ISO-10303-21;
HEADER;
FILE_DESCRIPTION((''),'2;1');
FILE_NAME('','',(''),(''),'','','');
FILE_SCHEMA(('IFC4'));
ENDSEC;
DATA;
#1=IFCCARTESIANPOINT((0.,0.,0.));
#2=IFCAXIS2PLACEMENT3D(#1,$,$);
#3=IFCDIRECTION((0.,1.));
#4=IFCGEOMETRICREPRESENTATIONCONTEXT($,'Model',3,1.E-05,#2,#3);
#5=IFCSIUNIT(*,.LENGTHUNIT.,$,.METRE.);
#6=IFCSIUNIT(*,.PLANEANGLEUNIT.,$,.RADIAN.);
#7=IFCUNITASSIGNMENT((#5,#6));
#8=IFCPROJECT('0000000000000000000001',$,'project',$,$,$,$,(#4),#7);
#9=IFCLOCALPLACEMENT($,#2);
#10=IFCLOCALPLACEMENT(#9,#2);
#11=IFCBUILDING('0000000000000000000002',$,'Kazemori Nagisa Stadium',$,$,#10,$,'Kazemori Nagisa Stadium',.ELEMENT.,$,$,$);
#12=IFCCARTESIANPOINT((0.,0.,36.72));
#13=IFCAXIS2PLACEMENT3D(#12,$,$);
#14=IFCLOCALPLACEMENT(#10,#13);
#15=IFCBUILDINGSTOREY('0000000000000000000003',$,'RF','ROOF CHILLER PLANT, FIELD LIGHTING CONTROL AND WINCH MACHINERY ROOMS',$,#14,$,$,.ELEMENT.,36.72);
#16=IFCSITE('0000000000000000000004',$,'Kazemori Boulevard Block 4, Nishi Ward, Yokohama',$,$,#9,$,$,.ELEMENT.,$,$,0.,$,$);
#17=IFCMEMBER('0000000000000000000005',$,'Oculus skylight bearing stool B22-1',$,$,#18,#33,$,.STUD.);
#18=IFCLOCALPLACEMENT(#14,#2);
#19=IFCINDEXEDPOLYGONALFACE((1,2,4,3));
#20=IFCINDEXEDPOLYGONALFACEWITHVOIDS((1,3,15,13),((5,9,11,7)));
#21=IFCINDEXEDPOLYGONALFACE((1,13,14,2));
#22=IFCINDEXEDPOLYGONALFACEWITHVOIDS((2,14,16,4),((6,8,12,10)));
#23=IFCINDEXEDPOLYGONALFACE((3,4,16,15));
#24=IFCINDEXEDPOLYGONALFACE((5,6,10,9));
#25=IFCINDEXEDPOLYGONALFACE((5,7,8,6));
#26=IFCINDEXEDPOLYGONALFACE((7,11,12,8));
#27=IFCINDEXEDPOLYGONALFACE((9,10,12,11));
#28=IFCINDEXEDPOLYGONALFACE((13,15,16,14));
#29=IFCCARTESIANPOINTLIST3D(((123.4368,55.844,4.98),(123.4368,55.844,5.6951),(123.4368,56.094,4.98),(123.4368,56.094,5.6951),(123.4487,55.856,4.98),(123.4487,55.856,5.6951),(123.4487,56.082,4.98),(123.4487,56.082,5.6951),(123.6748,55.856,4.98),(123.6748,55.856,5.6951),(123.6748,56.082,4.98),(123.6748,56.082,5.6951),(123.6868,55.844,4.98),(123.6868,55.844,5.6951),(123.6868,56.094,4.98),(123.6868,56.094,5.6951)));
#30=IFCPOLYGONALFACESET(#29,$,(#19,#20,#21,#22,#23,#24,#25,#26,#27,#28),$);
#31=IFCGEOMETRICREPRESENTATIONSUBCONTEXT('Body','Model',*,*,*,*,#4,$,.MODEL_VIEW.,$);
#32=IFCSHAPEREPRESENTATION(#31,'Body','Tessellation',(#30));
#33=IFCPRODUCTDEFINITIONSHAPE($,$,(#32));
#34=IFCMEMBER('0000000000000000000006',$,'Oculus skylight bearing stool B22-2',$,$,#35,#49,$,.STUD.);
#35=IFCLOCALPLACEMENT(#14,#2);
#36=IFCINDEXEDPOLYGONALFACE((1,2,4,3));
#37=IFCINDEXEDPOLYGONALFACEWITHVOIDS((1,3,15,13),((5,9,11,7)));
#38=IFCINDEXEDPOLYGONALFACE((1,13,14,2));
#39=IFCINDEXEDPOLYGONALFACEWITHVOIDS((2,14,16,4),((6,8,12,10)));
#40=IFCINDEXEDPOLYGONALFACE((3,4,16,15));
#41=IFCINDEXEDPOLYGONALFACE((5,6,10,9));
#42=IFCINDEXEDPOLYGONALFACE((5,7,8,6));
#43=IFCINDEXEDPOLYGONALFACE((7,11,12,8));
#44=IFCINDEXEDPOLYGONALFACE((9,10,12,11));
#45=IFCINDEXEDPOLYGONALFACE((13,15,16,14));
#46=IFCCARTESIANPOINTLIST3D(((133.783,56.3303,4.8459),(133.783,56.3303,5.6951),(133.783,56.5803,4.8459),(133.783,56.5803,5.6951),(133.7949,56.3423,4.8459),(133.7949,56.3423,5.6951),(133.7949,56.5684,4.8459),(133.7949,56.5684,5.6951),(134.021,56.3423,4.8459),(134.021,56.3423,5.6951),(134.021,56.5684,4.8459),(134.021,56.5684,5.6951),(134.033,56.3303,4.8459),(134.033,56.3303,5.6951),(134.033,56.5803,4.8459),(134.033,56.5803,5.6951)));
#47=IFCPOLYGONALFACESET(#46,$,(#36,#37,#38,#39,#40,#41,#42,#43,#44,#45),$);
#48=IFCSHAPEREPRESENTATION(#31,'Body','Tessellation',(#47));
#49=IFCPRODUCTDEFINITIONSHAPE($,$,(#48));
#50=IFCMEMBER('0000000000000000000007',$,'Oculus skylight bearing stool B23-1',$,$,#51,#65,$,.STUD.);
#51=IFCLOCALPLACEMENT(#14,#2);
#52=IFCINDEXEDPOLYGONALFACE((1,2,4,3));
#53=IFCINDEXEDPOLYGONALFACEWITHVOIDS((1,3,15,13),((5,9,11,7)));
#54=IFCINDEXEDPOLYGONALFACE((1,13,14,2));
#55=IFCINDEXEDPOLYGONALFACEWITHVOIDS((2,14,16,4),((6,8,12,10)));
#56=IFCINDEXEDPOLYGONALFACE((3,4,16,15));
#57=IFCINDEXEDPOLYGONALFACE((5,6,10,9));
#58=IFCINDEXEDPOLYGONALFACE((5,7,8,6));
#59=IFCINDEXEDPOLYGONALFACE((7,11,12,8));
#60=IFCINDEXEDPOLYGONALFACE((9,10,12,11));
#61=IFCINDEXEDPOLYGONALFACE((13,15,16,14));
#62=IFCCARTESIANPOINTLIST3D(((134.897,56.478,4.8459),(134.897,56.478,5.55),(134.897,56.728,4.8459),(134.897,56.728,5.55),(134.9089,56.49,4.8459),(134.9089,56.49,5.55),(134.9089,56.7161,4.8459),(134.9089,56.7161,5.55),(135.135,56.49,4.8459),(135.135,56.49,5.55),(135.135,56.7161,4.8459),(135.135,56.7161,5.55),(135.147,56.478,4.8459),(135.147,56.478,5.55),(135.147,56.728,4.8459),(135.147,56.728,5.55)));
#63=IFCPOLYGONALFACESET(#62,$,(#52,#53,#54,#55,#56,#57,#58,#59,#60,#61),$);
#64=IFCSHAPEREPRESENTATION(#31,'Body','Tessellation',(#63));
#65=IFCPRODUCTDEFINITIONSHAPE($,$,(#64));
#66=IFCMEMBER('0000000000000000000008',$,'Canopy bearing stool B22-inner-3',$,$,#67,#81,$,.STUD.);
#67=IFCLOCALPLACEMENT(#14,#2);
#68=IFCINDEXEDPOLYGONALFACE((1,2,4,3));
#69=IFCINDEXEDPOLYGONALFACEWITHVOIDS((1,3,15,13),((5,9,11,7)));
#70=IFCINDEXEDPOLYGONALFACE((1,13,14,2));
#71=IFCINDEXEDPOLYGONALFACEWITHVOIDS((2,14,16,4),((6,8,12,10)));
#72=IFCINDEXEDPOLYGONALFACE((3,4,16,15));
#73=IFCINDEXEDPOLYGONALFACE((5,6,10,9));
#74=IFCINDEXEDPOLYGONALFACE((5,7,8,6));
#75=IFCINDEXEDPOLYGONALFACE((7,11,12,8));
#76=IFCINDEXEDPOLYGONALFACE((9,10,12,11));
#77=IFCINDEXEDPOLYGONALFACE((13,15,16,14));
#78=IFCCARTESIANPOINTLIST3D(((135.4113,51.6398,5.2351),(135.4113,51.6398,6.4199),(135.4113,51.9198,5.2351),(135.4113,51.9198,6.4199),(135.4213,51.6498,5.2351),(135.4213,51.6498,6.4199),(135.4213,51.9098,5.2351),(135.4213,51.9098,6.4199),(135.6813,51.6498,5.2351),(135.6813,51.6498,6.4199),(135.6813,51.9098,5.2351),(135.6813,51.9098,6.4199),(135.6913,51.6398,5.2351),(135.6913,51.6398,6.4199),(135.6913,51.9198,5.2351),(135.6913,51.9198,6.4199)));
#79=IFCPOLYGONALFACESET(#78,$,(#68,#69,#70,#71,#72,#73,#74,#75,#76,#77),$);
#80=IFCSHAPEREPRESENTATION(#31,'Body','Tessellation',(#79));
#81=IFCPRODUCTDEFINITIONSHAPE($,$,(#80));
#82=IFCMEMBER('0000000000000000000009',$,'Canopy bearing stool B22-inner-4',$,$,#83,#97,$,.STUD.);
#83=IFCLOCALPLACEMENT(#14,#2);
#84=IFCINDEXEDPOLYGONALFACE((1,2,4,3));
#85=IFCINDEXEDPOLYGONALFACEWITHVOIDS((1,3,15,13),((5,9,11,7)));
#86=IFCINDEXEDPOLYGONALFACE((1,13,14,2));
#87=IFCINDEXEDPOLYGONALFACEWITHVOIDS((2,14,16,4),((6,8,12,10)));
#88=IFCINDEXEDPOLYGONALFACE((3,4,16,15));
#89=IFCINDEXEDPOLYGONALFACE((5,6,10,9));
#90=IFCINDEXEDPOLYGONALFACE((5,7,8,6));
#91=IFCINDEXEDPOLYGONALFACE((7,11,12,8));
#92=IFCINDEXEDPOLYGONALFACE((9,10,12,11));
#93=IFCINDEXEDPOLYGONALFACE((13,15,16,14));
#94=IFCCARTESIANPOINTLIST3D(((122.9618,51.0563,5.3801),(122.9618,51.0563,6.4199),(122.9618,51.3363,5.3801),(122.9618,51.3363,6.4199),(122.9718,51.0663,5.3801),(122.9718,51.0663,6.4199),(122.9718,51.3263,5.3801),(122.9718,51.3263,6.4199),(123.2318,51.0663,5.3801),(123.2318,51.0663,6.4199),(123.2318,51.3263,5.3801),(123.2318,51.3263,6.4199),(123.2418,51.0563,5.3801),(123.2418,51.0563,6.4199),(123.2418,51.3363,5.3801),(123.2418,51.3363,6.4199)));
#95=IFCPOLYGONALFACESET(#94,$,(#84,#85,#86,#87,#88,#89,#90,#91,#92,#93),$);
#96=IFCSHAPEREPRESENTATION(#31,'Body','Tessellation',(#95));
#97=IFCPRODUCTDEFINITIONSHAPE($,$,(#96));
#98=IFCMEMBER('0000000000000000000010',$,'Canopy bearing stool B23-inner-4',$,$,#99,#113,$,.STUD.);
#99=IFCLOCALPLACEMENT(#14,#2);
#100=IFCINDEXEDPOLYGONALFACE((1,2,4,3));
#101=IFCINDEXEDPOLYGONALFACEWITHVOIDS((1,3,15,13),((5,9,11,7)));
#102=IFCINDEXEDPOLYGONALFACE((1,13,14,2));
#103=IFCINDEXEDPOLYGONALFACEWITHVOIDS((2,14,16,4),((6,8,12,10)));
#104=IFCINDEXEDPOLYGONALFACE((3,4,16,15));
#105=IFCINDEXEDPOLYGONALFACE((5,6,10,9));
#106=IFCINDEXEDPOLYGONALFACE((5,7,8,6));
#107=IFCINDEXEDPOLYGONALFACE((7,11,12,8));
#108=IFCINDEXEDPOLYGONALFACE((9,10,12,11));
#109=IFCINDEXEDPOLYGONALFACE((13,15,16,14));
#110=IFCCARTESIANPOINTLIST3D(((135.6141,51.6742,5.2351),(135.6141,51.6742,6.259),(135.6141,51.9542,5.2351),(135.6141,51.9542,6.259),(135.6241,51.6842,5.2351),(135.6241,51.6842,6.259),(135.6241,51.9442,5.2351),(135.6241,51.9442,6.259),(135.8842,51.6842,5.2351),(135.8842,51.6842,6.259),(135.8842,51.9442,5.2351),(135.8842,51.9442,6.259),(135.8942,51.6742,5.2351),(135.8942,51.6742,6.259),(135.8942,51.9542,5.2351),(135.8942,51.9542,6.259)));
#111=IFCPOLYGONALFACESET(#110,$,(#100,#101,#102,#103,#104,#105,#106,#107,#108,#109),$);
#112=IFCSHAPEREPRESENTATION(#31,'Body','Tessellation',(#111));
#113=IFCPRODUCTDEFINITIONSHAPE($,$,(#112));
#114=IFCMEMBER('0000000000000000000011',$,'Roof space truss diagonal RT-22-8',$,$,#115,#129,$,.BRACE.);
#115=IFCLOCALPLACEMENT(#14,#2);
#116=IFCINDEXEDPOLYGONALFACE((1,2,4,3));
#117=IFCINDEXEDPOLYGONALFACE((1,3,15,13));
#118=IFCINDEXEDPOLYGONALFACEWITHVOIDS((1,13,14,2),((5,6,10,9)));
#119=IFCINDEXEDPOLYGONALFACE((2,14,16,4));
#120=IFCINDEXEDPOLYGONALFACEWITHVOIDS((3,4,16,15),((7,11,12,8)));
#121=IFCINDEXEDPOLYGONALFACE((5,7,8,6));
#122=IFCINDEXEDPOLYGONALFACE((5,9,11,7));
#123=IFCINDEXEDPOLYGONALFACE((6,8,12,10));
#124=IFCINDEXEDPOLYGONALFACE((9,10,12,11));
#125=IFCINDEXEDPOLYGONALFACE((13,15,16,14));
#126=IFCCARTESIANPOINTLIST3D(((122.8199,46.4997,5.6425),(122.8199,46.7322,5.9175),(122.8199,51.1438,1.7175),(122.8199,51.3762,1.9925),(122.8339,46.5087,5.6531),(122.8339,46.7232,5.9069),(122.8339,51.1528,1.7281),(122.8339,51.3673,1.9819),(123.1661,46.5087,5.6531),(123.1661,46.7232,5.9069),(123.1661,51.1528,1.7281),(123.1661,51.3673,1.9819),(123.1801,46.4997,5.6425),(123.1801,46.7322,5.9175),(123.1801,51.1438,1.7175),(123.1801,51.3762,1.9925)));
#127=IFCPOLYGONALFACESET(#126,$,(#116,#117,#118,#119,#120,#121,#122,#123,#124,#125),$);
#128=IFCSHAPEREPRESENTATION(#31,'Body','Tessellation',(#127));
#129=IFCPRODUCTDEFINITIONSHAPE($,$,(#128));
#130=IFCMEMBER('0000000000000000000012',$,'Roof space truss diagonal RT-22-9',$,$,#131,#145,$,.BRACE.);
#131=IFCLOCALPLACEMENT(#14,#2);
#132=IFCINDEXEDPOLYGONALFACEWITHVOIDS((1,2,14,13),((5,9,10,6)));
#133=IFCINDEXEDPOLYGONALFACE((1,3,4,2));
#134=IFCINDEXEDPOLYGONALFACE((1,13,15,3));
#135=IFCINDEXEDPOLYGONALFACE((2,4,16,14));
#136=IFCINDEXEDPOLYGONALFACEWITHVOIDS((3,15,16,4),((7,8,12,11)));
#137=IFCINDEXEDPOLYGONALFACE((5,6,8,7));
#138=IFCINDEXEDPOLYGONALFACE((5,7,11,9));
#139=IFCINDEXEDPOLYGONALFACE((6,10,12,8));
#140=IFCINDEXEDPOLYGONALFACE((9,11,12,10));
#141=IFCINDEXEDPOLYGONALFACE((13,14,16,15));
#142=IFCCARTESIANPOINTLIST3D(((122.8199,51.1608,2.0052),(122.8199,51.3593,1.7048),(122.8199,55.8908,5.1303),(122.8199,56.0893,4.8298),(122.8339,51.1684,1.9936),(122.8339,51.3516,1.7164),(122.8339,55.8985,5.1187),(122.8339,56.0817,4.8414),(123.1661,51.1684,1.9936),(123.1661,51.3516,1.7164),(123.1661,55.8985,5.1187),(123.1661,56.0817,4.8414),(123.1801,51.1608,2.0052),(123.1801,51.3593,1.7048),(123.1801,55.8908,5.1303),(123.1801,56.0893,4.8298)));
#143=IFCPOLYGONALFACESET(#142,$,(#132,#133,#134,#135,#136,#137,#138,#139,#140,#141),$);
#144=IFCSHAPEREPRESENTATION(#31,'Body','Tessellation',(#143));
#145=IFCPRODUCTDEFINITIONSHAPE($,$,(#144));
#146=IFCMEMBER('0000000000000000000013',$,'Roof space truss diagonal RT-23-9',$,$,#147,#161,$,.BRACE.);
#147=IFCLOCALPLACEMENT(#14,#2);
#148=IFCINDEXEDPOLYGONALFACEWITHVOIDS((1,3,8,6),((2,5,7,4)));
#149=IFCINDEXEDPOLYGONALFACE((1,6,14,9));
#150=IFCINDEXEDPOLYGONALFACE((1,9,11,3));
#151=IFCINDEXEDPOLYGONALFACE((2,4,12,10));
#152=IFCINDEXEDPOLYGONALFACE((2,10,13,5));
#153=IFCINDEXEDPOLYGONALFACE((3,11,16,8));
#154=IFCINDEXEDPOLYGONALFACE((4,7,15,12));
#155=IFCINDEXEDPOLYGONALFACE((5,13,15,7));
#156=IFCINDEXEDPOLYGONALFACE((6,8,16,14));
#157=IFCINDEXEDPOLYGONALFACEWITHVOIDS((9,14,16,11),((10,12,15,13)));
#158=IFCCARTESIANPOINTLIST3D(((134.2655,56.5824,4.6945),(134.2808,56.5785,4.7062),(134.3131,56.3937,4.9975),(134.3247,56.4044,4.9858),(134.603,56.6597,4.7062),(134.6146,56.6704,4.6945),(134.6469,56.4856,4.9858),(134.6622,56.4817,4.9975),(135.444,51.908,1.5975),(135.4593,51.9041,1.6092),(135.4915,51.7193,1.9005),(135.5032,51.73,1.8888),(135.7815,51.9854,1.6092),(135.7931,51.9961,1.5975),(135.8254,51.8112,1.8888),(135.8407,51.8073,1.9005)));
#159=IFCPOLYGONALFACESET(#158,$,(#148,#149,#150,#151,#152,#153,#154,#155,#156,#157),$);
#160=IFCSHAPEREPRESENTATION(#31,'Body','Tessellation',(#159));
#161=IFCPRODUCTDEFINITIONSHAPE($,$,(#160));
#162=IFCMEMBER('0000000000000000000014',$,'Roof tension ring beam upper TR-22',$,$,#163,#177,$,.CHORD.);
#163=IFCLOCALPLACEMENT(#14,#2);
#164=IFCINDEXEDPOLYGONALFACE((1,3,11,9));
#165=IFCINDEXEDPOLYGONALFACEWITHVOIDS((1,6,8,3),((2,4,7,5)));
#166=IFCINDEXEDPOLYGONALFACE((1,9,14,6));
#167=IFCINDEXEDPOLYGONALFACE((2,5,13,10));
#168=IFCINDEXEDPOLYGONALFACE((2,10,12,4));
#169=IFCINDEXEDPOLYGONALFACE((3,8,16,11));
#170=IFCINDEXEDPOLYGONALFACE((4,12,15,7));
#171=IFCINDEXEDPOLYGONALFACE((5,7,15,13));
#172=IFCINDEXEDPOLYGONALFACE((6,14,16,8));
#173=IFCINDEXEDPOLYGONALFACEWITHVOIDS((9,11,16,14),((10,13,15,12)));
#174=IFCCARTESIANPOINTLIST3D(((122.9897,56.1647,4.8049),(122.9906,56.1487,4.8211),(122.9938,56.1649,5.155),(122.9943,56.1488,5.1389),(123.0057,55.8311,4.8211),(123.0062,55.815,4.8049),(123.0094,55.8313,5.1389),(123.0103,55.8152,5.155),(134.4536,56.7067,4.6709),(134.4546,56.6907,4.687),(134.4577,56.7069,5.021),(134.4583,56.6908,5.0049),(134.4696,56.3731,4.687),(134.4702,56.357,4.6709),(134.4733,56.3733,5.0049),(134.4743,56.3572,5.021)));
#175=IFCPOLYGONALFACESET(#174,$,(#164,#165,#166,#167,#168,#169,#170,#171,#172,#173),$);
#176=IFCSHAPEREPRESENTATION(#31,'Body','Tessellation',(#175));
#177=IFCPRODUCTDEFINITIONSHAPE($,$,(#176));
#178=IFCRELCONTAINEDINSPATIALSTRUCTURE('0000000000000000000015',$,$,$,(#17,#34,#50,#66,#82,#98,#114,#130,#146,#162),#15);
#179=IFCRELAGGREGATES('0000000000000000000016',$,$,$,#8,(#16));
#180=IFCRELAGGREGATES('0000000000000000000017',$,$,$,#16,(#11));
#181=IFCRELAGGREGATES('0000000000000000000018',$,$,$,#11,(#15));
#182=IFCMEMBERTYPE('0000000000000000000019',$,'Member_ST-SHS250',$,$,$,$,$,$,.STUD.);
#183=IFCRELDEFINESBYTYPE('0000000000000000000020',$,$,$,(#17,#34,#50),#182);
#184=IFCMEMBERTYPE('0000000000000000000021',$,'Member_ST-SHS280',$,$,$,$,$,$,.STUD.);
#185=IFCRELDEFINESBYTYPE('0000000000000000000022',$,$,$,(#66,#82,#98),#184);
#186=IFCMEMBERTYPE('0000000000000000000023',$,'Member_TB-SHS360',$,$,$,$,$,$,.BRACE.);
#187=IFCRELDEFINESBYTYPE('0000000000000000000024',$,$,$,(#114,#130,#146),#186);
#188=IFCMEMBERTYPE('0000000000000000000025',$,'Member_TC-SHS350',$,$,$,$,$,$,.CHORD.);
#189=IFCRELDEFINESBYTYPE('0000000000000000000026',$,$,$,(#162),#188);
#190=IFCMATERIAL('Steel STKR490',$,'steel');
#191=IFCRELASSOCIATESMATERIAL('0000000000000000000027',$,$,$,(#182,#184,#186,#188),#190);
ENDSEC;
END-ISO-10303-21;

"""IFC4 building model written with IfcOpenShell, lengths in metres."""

from ifc_helpers import new_model, si_unit, direction, frame, origin, origin_2d, place, context, subcontext, project, spatial, hollow_rectangle, extrude, material, material_profile, profile_set, type_object, element, save


model = new_model("IFC4")

# Units and contexts
model_context = context("Model", 3, precision=1e-05, world=origin(), true_north=direction((0.0, 1.0)))
body_context = subcontext(model_context, "Body", "Model", "MODEL_VIEW")
ifc_project = project(units=[si_unit("LENGTHUNIT", "METRE"), si_unit("PLANEANGLEUNIT", "RADIAN")], contexts=[model_context])

# Site, building, storey
site_placement = place(None, origin())
site = spatial("IfcSite", under=ifc_project, at=site_placement, Name="Kazemori Boulevard Block 4, Nishi Ward, Yokohama", CompositionType="ELEMENT", RefElevation=0.0)
building_placement = place(site_placement, origin())
building = spatial("IfcBuilding", under=site, at=building_placement, Name="Kazemori Nagisa Stadium", LongName="Kazemori Nagisa Stadium", CompositionType="ELEMENT")
storey_placement = place(building_placement, frame((0.0, 0.0, 36.72)))
storey = spatial("IfcBuildingStorey", under=building, at=storey_placement, Name="RF", Description="ROOF CHILLER PLANT, FIELD LIGHTING CONTROL AND WINCH MACHINERY ROOMS", CompositionType="ELEMENT", Elevation=36.72)

# Members
ifc_material = material(Name="Steel STKR490", Category="steel")
ifc_material_profile_1 = material_profile(ifc_material, hollow_rectangle(XDim=0.25, YDim=0.25, WallThickness=0.012, at=origin_2d()), Name="SHS-250x250x12")
ifc_profile_set_1 = profile_set([ifc_material_profile_1], Name="Steel STKR490")
member_type_1 = type_object("IfcMemberType", Name="Member_ST-SHS250", PredefinedType="STUD", material=ifc_profile_set_1)
member_1_placement = place(storey_placement, frame((123.5618, 55.969, 4.98), z_axis=(0.0, 0.0, 1.0), x_axis=(1.0, 0.0, 0.0)))
element("IfcMember", 1, at=member_1_placement, inside=storey, type_object=member_type_1, Name="Oculus skylight bearing stool B22-1", PredefinedType="STUD", context=body_context, shape_type="SweptSolid", body=[
    extrude(hollow_rectangle(XDim=0.25, YDim=0.25, WallThickness=0.012, at=origin_2d()), origin(), (0.0, 0.0, 1.0), 0.7151),
])
member_2_placement = place(storey_placement, frame((133.908, 56.4553, 4.8459), z_axis=(0.0, 0.0, 1.0), x_axis=(1.0, 0.0, 0.0)))
element("IfcMember", 2, at=member_2_placement, inside=storey, type_object=member_type_1, Name="Oculus skylight bearing stool B22-2", PredefinedType="STUD", context=body_context, shape_type="SweptSolid", body=[
    extrude(hollow_rectangle(XDim=0.25, YDim=0.25, WallThickness=0.012, at=origin_2d()), origin(), (0.0, 0.0, 1.0), 0.8491),
])
member_3_placement = place(storey_placement, frame((135.022, 56.603, 4.8459), z_axis=(0.0, 0.0, 1.0), x_axis=(1.0, 0.0, 0.0)))
element("IfcMember", 3, at=member_3_placement, inside=storey, type_object=member_type_1, Name="Oculus skylight bearing stool B23-1", PredefinedType="STUD", context=body_context, shape_type="SweptSolid", body=[
    extrude(hollow_rectangle(XDim=0.25, YDim=0.25, WallThickness=0.012, at=origin_2d()), origin(), (0.0, 0.0, 1.0), 0.7041),
])
ifc_material_profile_2 = material_profile(ifc_material, hollow_rectangle(XDim=0.28, YDim=0.28, WallThickness=0.01, at=origin_2d()), Name="SHS-280x280x10")
ifc_profile_set_2 = profile_set([ifc_material_profile_2], Name="Steel STKR490")
member_type_2 = type_object("IfcMemberType", Name="Member_ST-SHS280", PredefinedType="STUD", material=ifc_profile_set_2)
member_4_placement = place(storey_placement, frame((135.5513, 51.7798, 5.2351), z_axis=(0.0, 0.0, 1.0), x_axis=(1.0, 0.0, 0.0)))
element("IfcMember", 4, at=member_4_placement, inside=storey, type_object=member_type_2, Name="Canopy bearing stool B22-inner-3", PredefinedType="STUD", context=body_context, shape_type="SweptSolid", body=[
    extrude(hollow_rectangle(XDim=0.28, YDim=0.28, WallThickness=0.01, at=origin_2d()), origin(), (0.0, 0.0, 1.0), 1.1848),
])
member_5_placement = place(storey_placement, frame((123.1018, 51.1963, 5.3801), z_axis=(0.0, 0.0, 1.0), x_axis=(1.0, 0.0, 0.0)))
element("IfcMember", 5, at=member_5_placement, inside=storey, type_object=member_type_2, Name="Canopy bearing stool B22-inner-4", PredefinedType="STUD", context=body_context, shape_type="SweptSolid", body=[
    extrude(hollow_rectangle(XDim=0.28, YDim=0.28, WallThickness=0.01, at=origin_2d()), origin(), (0.0, 0.0, 1.0), 1.0398),
])
member_6_placement = place(storey_placement, frame((135.7542, 51.8142, 5.2351), z_axis=(0.0, 0.0, 1.0), x_axis=(1.0, 0.0, 0.0)))
element("IfcMember", 6, at=member_6_placement, inside=storey, type_object=member_type_2, Name="Canopy bearing stool B23-inner-4", PredefinedType="STUD", context=body_context, shape_type="SweptSolid", body=[
    extrude(hollow_rectangle(XDim=0.28, YDim=0.28, WallThickness=0.01, at=origin_2d()), origin(), (0.0, 0.0, 1.0), 1.0239),
])
ifc_material_profile_3 = material_profile(ifc_material, hollow_rectangle(XDim=0.3601, YDim=0.3601, WallThickness=0.0139, at=origin_2d()), Name="SHS-360x360x14")
ifc_profile_set_3 = profile_set([ifc_material_profile_3], Name="Steel STKR490")
member_type_3 = type_object("IfcMemberType", Name="Member_TB-SHS360", PredefinedType="BRACE", material=ifc_profile_set_3)
member_7_placement = place(storey_placement, frame((123.0, 46.616, 5.78), z_axis=(0.0, 0.763753, -0.645508), x_axis=(-1.0, 0.0, 0.0)))
element("IfcMember", 7, at=member_7_placement, inside=storey, type_object=member_type_3, Name="Roof space truss diagonal RT-22-8", PredefinedType="BRACE", context=body_context, shape_type="SweptSolid", body=[
    extrude(hollow_rectangle(XDim=0.3601, YDim=0.3601, WallThickness=0.0139, at=origin_2d()), origin(), (0.0, 0.0, 1.0), 6.0806),
])
member_8_placement = place(storey_placement, frame((123.0, 51.26, 1.855), z_axis=(0.0, 0.834349, 0.551237), x_axis=(-1.0, 0.0, 0.0)))
element("IfcMember", 8, at=member_8_placement, inside=storey, type_object=member_type_3, Name="Roof space truss diagonal RT-22-9", PredefinedType="BRACE", context=body_context, shape_type="SweptSolid", body=[
    extrude(hollow_rectangle(XDim=0.3601, YDim=0.3601, WallThickness=0.0139, at=origin_2d()), origin(), (0.0, 0.0, 1.0), 5.6692),
])
member_9_placement = place(storey_placement, frame((135.6423, 51.8577, 1.749), z_axis=(-0.205678, 0.815811, 0.540508), x_axis=(-0.969658, -0.244466, 0.0)))
element("IfcMember", 9, at=member_9_placement, inside=storey, type_object=member_type_3, Name="Roof space truss diagonal RT-23-9", PredefinedType="BRACE", context=body_context, shape_type="SweptSolid", body=[
    extrude(hollow_rectangle(XDim=0.3601, YDim=0.3601, WallThickness=0.0139, at=origin_2d()), origin(), (0.0, 0.0, 1.0), 5.7297),
])
ifc_material_profile_4 = material_profile(ifc_material, hollow_rectangle(XDim=0.3501, YDim=0.3501, WallThickness=0.0161, at=origin_2d()), Name="SHS-350x350x16")
ifc_profile_set_4 = profile_set([ifc_material_profile_4], Name="Steel STKR490")
member_type_4 = type_object("IfcMemberType", Name="Member_TC-SHS350", PredefinedType="CHORD", material=ifc_profile_set_4)
member_10_placement = place(storey_placement, frame((123.0, 55.99, 4.98), z_axis=(0.998816, 0.047222, -0.011678), x_axis=(-0.047226, 0.998884, 0.0)))
element("IfcMember", 10, at=member_10_placement, inside=storey, type_object=member_type_4, Name="Roof tension ring beam upper TR-22", PredefinedType="CHORD", context=body_context, shape_type="SweptSolid", body=[
    extrude(hollow_rectangle(XDim=0.3501, YDim=0.3501, WallThickness=0.0161, at=origin_2d()), origin(), (0.0, 0.0, 1.0), 11.4775),
])

save(model, "model.ifc")
